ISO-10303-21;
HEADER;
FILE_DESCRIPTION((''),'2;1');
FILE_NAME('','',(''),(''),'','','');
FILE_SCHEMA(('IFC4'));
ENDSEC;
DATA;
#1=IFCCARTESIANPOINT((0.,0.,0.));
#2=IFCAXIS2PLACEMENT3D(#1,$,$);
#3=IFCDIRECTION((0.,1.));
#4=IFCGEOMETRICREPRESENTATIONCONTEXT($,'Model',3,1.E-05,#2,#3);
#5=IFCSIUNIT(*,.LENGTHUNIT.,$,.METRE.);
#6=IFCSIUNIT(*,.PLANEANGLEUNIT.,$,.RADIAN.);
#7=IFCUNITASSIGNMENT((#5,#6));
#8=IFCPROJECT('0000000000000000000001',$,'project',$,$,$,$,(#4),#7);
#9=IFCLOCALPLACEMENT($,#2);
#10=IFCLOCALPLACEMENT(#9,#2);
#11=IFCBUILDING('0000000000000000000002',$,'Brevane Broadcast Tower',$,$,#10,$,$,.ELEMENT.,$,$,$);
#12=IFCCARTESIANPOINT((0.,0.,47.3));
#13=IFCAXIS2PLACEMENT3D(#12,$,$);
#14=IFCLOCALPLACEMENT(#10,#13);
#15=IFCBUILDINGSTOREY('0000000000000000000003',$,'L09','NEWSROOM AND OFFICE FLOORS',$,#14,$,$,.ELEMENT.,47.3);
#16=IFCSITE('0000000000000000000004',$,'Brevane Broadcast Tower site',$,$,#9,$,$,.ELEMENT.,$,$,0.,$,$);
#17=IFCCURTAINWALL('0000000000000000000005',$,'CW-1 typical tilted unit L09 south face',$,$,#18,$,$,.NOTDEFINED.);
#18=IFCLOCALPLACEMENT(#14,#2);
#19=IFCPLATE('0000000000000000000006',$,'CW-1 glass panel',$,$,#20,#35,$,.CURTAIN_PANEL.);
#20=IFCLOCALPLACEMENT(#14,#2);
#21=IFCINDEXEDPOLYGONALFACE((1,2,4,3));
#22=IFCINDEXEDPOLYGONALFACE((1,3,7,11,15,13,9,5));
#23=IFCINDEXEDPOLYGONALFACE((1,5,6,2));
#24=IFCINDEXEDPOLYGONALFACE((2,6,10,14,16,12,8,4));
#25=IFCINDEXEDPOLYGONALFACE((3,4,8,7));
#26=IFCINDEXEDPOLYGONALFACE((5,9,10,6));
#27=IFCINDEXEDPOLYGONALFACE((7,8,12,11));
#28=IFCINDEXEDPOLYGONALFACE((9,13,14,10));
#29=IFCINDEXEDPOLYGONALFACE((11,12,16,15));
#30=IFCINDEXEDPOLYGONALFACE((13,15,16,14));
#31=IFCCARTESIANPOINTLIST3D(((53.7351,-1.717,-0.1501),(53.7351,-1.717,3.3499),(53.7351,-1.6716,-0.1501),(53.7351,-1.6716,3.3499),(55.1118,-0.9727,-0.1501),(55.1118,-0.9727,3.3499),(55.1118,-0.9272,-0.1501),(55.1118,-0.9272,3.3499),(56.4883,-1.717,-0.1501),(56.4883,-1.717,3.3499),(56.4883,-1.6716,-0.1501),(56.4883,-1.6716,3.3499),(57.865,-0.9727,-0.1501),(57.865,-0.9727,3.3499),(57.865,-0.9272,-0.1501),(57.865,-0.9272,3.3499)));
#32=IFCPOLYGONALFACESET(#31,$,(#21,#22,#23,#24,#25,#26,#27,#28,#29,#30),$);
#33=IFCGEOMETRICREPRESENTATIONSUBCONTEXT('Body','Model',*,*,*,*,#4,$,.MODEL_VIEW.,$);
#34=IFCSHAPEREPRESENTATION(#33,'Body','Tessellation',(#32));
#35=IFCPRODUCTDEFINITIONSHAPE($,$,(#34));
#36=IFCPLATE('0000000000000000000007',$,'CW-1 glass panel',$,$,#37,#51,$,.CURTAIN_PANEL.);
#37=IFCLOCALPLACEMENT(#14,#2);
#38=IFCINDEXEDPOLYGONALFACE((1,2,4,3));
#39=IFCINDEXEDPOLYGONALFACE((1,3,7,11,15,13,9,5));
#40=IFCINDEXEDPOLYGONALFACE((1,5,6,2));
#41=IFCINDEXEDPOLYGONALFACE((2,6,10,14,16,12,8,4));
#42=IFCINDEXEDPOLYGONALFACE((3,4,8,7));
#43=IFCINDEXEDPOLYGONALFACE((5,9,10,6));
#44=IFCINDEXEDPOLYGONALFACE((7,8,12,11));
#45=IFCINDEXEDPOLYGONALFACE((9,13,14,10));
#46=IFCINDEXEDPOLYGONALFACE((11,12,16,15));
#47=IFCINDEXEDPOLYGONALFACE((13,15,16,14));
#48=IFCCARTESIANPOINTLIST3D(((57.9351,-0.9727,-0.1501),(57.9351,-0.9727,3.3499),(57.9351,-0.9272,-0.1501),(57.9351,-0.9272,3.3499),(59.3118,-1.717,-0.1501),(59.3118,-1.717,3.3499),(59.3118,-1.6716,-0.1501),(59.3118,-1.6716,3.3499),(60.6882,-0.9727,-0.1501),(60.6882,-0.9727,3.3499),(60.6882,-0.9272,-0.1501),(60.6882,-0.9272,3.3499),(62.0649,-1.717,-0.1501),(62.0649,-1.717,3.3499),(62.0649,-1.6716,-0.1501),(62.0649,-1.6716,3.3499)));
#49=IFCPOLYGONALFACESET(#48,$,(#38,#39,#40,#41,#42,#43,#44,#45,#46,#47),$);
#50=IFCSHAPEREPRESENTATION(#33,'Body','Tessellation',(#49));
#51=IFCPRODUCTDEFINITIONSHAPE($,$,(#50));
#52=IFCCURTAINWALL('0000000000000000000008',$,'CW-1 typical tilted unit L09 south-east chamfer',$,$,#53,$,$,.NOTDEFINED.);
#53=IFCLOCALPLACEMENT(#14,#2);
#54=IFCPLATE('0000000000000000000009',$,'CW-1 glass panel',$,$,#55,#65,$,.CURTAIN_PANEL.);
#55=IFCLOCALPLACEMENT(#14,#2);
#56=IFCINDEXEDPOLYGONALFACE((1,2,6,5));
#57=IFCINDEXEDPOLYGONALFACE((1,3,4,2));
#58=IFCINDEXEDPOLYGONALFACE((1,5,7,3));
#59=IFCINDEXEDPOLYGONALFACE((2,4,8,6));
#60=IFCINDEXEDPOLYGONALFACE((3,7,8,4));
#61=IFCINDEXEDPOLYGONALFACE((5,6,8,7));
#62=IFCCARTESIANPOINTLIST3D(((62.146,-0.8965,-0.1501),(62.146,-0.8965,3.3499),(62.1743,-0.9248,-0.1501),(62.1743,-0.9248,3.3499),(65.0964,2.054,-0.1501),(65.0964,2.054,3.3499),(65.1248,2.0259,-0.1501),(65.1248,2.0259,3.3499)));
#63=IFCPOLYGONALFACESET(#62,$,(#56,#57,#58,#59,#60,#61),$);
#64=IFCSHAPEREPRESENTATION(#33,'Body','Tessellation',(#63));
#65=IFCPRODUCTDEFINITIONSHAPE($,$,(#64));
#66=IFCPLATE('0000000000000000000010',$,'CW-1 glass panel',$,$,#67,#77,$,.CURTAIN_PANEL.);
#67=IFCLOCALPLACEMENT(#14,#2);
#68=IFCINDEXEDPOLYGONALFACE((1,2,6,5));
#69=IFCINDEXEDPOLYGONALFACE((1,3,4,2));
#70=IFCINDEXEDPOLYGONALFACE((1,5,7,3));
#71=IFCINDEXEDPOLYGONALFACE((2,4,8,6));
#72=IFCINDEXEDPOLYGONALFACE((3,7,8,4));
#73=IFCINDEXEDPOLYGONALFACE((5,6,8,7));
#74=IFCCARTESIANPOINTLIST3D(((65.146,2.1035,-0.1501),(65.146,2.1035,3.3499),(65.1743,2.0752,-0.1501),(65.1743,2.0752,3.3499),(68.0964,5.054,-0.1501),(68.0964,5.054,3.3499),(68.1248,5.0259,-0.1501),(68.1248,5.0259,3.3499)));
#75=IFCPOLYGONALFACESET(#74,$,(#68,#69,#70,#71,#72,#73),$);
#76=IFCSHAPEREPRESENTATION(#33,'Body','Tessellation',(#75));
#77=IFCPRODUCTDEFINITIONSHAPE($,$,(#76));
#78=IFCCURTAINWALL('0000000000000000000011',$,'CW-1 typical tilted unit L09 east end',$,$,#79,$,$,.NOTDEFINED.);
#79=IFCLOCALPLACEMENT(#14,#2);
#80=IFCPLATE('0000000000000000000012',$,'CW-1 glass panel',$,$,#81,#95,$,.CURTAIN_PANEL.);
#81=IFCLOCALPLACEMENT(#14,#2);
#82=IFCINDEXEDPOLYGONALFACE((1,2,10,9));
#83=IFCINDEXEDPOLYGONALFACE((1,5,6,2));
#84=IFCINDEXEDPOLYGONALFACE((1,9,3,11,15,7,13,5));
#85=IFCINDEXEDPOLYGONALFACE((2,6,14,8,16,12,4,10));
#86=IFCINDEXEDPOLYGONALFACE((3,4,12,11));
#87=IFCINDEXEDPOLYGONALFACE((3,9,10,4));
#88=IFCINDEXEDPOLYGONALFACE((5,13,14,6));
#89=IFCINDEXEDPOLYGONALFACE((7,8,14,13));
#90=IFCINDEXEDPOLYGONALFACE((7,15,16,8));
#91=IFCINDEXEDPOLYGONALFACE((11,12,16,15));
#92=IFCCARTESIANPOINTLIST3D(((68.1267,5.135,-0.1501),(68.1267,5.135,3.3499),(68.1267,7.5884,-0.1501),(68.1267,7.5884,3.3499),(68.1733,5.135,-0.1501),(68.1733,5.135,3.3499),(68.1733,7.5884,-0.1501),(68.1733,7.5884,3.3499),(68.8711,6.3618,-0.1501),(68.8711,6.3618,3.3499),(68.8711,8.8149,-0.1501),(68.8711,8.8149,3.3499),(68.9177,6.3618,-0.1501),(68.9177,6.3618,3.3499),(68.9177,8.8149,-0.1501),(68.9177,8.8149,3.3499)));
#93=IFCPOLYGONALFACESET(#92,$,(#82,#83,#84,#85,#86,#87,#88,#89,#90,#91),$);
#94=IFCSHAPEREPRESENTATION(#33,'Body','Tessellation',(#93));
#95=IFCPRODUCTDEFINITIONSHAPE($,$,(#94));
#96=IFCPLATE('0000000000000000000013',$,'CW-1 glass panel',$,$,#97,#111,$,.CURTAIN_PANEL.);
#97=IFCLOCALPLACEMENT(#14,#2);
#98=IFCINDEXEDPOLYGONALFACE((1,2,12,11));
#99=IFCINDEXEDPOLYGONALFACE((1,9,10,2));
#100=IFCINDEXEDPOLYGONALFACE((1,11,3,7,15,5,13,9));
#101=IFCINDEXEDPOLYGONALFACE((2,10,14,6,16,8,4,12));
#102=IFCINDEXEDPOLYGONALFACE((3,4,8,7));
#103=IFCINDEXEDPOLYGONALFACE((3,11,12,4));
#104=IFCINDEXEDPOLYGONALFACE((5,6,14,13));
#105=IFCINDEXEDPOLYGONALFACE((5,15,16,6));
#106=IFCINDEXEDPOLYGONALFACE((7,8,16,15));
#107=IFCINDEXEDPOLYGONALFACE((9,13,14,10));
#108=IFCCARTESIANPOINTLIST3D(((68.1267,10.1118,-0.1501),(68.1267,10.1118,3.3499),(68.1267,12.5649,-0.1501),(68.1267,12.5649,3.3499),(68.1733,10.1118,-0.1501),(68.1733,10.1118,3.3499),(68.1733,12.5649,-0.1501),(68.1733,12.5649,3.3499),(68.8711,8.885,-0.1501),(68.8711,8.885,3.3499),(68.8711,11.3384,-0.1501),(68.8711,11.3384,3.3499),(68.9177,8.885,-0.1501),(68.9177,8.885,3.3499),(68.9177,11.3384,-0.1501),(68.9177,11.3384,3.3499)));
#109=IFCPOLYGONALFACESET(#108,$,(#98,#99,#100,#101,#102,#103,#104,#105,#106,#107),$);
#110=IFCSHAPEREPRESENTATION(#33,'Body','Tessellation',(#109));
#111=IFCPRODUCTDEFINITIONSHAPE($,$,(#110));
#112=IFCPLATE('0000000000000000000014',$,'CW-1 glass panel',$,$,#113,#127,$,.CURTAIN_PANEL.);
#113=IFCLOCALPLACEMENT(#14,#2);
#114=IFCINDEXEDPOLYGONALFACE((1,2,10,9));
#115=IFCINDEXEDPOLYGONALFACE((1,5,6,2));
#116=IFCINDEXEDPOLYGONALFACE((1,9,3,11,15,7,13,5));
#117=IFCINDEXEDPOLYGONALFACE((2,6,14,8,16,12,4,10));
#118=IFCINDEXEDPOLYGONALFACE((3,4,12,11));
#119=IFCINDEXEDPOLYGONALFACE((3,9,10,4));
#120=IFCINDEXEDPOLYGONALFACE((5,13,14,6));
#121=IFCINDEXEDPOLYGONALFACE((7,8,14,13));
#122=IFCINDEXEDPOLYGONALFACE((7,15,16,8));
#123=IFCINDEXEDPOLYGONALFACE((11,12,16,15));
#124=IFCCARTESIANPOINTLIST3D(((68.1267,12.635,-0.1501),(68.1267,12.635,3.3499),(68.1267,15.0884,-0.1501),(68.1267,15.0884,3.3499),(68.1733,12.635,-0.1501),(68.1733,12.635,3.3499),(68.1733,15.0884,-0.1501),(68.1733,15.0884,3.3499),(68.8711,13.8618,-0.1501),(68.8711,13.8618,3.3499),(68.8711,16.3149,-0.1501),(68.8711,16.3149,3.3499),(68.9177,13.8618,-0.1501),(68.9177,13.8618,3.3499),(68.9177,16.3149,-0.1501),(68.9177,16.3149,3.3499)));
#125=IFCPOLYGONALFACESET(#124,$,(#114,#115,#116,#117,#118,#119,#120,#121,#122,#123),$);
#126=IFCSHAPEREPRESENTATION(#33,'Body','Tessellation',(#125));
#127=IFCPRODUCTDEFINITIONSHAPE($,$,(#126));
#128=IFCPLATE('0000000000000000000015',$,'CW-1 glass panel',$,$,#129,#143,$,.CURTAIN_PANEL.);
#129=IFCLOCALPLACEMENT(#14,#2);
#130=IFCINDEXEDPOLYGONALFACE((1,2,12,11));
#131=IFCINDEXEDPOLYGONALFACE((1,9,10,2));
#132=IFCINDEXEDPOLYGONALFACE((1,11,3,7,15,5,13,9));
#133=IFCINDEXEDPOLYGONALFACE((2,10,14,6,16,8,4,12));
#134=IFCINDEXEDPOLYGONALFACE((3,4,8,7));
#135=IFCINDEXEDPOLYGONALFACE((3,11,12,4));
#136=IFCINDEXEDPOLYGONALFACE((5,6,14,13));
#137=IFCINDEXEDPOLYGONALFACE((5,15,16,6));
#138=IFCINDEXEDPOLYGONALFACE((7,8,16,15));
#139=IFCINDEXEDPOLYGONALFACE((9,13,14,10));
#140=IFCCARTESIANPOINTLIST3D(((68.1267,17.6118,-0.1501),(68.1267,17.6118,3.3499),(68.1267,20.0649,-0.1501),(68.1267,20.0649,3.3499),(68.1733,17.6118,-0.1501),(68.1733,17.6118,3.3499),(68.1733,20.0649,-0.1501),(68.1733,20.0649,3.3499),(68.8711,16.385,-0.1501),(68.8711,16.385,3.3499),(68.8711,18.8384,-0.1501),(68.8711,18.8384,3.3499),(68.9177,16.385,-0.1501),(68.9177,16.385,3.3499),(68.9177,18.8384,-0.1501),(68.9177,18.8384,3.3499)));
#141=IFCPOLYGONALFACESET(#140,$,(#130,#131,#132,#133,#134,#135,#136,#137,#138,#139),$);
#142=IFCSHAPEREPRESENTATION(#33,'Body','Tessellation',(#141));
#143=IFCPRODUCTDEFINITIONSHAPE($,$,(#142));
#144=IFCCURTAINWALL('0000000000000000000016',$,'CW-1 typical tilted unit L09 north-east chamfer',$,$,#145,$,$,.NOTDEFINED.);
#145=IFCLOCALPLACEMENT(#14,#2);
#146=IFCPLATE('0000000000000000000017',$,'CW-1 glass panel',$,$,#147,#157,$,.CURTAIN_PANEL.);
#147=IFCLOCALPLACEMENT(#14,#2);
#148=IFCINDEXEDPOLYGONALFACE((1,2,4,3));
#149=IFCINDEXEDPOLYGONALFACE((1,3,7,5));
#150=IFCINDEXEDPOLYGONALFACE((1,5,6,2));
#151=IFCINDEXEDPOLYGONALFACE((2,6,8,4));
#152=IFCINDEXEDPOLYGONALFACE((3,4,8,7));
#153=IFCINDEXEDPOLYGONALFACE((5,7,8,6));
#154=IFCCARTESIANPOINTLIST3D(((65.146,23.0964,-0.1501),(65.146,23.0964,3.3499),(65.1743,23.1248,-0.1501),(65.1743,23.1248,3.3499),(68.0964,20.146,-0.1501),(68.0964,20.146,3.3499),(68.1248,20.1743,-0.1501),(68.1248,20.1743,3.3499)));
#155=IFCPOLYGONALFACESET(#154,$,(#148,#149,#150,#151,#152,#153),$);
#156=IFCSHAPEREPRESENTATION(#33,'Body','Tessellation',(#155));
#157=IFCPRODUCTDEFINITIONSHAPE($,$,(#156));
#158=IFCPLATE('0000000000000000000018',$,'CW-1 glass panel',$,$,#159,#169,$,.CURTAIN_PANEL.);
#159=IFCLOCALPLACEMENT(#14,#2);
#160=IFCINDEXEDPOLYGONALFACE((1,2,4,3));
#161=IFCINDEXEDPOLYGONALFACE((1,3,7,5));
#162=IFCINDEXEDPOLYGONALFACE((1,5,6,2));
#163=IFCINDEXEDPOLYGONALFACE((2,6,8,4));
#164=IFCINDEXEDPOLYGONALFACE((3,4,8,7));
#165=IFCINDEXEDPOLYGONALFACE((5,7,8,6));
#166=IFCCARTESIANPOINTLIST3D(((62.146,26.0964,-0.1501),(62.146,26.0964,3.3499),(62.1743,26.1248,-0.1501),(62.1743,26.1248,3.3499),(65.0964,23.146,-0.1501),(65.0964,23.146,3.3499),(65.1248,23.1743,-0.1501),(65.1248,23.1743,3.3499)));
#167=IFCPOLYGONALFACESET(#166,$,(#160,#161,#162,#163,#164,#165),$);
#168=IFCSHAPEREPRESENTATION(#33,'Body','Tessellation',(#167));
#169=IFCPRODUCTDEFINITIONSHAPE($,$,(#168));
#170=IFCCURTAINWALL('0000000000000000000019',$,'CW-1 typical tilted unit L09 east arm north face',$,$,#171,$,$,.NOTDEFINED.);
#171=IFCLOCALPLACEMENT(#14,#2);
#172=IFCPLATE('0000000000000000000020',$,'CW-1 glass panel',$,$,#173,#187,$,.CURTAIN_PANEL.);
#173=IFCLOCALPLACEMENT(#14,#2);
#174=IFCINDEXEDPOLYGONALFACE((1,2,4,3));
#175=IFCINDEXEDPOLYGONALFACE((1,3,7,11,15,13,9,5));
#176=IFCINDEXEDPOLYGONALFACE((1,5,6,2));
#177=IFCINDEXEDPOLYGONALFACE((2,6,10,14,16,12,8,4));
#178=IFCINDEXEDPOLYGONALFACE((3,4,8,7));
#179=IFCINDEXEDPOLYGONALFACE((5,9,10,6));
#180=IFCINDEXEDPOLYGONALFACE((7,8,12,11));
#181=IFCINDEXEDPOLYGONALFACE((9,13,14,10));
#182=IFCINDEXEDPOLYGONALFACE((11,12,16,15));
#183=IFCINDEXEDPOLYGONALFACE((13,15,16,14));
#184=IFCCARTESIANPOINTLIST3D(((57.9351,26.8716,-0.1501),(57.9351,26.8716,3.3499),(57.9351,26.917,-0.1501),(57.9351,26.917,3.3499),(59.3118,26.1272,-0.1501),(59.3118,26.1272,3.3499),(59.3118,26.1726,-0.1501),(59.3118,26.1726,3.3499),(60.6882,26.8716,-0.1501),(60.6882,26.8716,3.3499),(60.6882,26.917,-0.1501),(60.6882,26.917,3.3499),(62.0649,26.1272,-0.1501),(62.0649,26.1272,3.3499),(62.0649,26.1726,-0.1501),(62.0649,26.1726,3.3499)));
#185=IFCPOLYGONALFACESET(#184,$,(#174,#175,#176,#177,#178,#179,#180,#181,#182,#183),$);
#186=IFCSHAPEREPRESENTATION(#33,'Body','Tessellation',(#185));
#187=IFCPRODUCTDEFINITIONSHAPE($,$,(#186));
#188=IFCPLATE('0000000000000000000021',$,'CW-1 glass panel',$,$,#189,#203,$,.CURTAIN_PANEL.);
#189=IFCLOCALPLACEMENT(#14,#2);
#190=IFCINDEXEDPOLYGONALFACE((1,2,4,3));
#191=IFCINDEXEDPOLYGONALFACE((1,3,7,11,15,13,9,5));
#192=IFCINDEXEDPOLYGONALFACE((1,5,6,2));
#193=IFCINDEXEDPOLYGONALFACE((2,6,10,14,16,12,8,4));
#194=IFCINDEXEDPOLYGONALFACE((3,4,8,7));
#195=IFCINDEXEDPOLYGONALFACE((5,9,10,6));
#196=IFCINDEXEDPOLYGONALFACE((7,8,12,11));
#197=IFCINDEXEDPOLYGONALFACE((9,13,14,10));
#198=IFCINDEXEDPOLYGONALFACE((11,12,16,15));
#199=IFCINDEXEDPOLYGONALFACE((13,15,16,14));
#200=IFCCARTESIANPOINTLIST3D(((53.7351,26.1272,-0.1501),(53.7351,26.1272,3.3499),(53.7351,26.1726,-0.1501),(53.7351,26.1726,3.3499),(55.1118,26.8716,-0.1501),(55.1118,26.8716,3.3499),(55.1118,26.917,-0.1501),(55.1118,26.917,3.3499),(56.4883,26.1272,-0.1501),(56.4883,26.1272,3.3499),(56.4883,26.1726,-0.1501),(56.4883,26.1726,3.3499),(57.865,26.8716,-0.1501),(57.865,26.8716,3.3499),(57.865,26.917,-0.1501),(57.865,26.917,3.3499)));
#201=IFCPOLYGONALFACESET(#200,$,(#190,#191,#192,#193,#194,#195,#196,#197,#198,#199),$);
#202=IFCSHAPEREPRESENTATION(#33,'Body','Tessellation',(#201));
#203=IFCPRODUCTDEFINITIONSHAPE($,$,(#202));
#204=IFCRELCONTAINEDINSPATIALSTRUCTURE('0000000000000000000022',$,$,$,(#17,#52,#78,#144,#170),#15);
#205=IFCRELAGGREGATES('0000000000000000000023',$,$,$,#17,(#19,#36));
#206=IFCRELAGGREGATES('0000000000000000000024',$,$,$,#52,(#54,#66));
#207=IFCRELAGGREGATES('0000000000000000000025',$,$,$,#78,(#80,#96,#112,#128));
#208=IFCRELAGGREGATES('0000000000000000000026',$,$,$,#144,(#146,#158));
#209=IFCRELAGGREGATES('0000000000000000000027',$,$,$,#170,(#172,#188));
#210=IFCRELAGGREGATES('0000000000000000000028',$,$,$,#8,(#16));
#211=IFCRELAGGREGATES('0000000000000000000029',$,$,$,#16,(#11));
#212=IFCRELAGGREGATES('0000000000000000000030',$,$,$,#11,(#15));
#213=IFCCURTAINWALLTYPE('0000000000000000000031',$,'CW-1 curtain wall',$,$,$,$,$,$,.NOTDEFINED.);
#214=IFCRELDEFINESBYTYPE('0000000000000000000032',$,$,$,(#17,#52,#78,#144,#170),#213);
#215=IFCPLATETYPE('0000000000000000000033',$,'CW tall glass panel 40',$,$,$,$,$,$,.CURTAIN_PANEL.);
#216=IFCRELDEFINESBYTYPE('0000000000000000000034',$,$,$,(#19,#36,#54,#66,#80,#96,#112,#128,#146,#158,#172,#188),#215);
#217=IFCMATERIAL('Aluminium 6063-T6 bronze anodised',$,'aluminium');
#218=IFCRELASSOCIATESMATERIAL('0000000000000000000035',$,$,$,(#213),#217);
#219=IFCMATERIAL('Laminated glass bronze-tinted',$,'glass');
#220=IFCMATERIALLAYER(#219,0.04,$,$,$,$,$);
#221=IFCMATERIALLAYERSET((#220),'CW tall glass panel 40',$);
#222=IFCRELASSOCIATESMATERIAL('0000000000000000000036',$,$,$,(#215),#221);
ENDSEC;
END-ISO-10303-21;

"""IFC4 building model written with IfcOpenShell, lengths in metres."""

from ifc_helpers import new_model, si_unit, direction, frame, origin, place, context, subcontext, project, spatial, polyline, outline, extrude, material, layer, layer_set, type_object, element, aggregate, save


model = new_model("IFC4")

# Units and contexts
model_context = context("Model", 3, precision=1e-05, world=origin(), true_north=direction((0.0, 1.0)))
body_context = subcontext(model_context, "Body", "Model", "MODEL_VIEW")
ifc_project = project(units=[si_unit("LENGTHUNIT", "METRE"), si_unit("PLANEANGLEUNIT", "RADIAN")], contexts=[model_context])

# Site, building, storey
site_placement = place(None, origin())
site = spatial("IfcSite", under=ifc_project, at=site_placement, Name="Brevane Broadcast Tower site", CompositionType="ELEMENT", RefElevation=0.0)
building_placement = place(site_placement, origin())
building = spatial("IfcBuilding", under=site, at=building_placement, Name="Brevane Broadcast Tower", CompositionType="ELEMENT")
storey_placement = place(building_placement, frame((0.0, 0.0, 47.3)))
storey = spatial("IfcBuildingStorey", under=building, at=storey_placement, Name="L09", Description="NEWSROOM AND OFFICE FLOORS", CompositionType="ELEMENT", Elevation=47.3)

# Curtain walls, plates
ifc_material_1 = material(Name="Aluminium 6063-T6 bronze anodised", Category="aluminium")
curtain_wall_type = type_object("IfcCurtainWallType", Name="CW-1 curtain wall", PredefinedType="NOTDEFINED", material=ifc_material_1)
curtain_wall_1_placement = place(storey_placement, origin())
curtain_wall_1 = element("IfcCurtainWall", 1, at=curtain_wall_1_placement, inside=storey, type_object=curtain_wall_type, Name="CW-1 typical tilted unit L09 south face", PredefinedType="NOTDEFINED")
ifc_material_2 = material(Name="Laminated glass bronze-tinted", Category="glass")
ifc_layer = layer(ifc_material_2, 0.04)
ifc_layer_set = layer_set([ifc_layer], Name="CW tall glass panel 40")
plate_type = type_object("IfcPlateType", Name="CW tall glass panel 40", PredefinedType="CURTAIN_PANEL", material=ifc_layer_set)
plate_1_placement = place(storey_placement, frame((0.0, 0.0, -0.1501)))
plate_1 = element("IfcPlate", 2, at=plate_1_placement, type_object=plate_type, Name="CW-1 glass panel", PredefinedType="CURTAIN_PANEL", context=body_context, shape_type="SweptSolid", body=[
    extrude(outline(polyline([(53.7351, -1.6716), (53.7351, -1.717), (55.1118, -0.9727), (56.4883, -1.717), (57.865, -0.9727), (57.865, -0.9272), (56.4883, -1.6716), (55.1118, -0.9272), (53.7351, -1.6716)])), origin(), (0.0, 0.0, 1.0), 3.5),
])
plate_2_placement = place(storey_placement, frame((0.0, 0.0, -0.1501)))
plate_2 = element("IfcPlate", 3, at=plate_2_placement, type_object=plate_type, Name="CW-1 glass panel", PredefinedType="CURTAIN_PANEL", context=body_context, shape_type="SweptSolid", body=[
    extrude(outline(polyline([(57.9351, -0.9272), (57.9351, -0.9727), (59.3118, -1.717), (60.6882, -0.9727), (62.0649, -1.717), (62.0649, -1.6716), (60.6882, -0.9272), (59.3118, -1.6716), (57.9351, -0.9272)])), origin(), (0.0, 0.0, 1.0), 3.5),
])
aggregate(curtain_wall_1, [plate_1, plate_2])
curtain_wall_2_placement = place(storey_placement, origin())
curtain_wall_2 = element("IfcCurtainWall", 4, at=curtain_wall_2_placement, inside=storey, type_object=curtain_wall_type, Name="CW-1 typical tilted unit L09 south-east chamfer", PredefinedType="NOTDEFINED")
plate_3_placement = place(storey_placement, frame((0.0, 0.0, -0.1501)))
plate_3 = element("IfcPlate", 5, at=plate_3_placement, type_object=plate_type, Name="CW-1 glass panel", PredefinedType="CURTAIN_PANEL", context=body_context, shape_type="SweptSolid", body=[
    extrude(outline(polyline([(62.146, -0.8965), (65.0964, 2.054), (65.1248, 2.0259), (62.1743, -0.9248), (62.146, -0.8965)])), origin(), (0.0, 0.0, 1.0), 3.5),
])
plate_4_placement = place(storey_placement, frame((0.0, 0.0, -0.1501)))
plate_4 = element("IfcPlate", 6, at=plate_4_placement, type_object=plate_type, Name="CW-1 glass panel", PredefinedType="CURTAIN_PANEL", context=body_context, shape_type="SweptSolid", body=[
    extrude(outline(polyline([(65.146, 2.1035), (68.0964, 5.054), (68.1248, 5.0259), (65.1743, 2.0752), (65.146, 2.1035)])), origin(), (0.0, 0.0, 1.0), 3.5),
])
aggregate(curtain_wall_2, [plate_3, plate_4])
curtain_wall_3_placement = place(storey_placement, origin())
curtain_wall_3 = element("IfcCurtainWall", 7, at=curtain_wall_3_placement, inside=storey, type_object=curtain_wall_type, Name="CW-1 typical tilted unit L09 east end", PredefinedType="NOTDEFINED")
plate_5_placement = place(storey_placement, frame((0.0, 0.0, -0.1501)))
plate_5 = element("IfcPlate", 8, at=plate_5_placement, type_object=plate_type, Name="CW-1 glass panel", PredefinedType="CURTAIN_PANEL", context=body_context, shape_type="SweptSolid", body=[
    extrude(outline(polyline([(68.1267, 5.135), (68.1733, 5.135), (68.9177, 6.3618), (68.1733, 7.5884), (68.9177, 8.8149), (68.8711, 8.8149), (68.1267, 7.5884), (68.8711, 6.3618), (68.1267, 5.135)])), origin(), (0.0, 0.0, 1.0), 3.5),
])
plate_6_placement = place(storey_placement, frame((0.0, 0.0, -0.1501)))
plate_6 = element("IfcPlate", 9, at=plate_6_placement, type_object=plate_type, Name="CW-1 glass panel", PredefinedType="CURTAIN_PANEL", context=body_context, shape_type="SweptSolid", body=[
    extrude(outline(polyline([(68.8711, 8.885), (68.9177, 8.885), (68.1733, 10.1118), (68.9177, 11.3384), (68.1733, 12.5649), (68.1267, 12.5649), (68.8711, 11.3384), (68.1267, 10.1118), (68.8711, 8.885)])), origin(), (0.0, 0.0, 1.0), 3.5),
])
plate_7_placement = place(storey_placement, frame((0.0, 0.0, -0.1501)))
plate_7 = element("IfcPlate", 10, at=plate_7_placement, type_object=plate_type, Name="CW-1 glass panel", PredefinedType="CURTAIN_PANEL", context=body_context, shape_type="SweptSolid", body=[
    extrude(outline(polyline([(68.1267, 12.635), (68.1733, 12.635), (68.9177, 13.8618), (68.1733, 15.0884), (68.9177, 16.3149), (68.8711, 16.3149), (68.1267, 15.0884), (68.8711, 13.8618), (68.1267, 12.635)])), origin(), (0.0, 0.0, 1.0), 3.5),
])
plate_8_placement = place(storey_placement, frame((0.0, 0.0, -0.1501)))
plate_8 = element("IfcPlate", 11, at=plate_8_placement, type_object=plate_type, Name="CW-1 glass panel", PredefinedType="CURTAIN_PANEL", context=body_context, shape_type="SweptSolid", body=[
    extrude(outline(polyline([(68.8711, 16.385), (68.9177, 16.385), (68.1733, 17.6118), (68.9177, 18.8384), (68.1733, 20.0649), (68.1267, 20.0649), (68.8711, 18.8384), (68.1267, 17.6118), (68.8711, 16.385)])), origin(), (0.0, 0.0, 1.0), 3.5),
])
aggregate(curtain_wall_3, [plate_5, plate_6, plate_7, plate_8])
curtain_wall_4_placement = place(storey_placement, origin())
curtain_wall_4 = element("IfcCurtainWall", 12, at=curtain_wall_4_placement, inside=storey, type_object=curtain_wall_type, Name="CW-1 typical tilted unit L09 north-east chamfer", PredefinedType="NOTDEFINED")
plate_9_placement = place(storey_placement, frame((0.0, 0.0, -0.1501)))
plate_9 = element("IfcPlate", 13, at=plate_9_placement, type_object=plate_type, Name="CW-1 glass panel", PredefinedType="CURTAIN_PANEL", context=body_context, shape_type="SweptSolid", body=[
    extrude(outline(polyline([(68.0964, 20.146), (65.146, 23.0964), (65.1743, 23.1248), (68.1248, 20.1743), (68.0964, 20.146)])), origin(), (0.0, 0.0, 1.0), 3.5),
])
plate_10_placement = place(storey_placement, frame((0.0, 0.0, -0.1501)))
plate_10 = element("IfcPlate", 14, at=plate_10_placement, type_object=plate_type, Name="CW-1 glass panel", PredefinedType="CURTAIN_PANEL", context=body_context, shape_type="SweptSolid", body=[
    extrude(outline(polyline([(65.0964, 23.146), (62.146, 26.0964), (62.1743, 26.1248), (65.1248, 23.1743), (65.0964, 23.146)])), origin(), (0.0, 0.0, 1.0), 3.5),
])
aggregate(curtain_wall_4, [plate_9, plate_10])
curtain_wall_5_placement = place(storey_placement, origin())
curtain_wall_5 = element("IfcCurtainWall", 15, at=curtain_wall_5_placement, inside=storey, type_object=curtain_wall_type, Name="CW-1 typical tilted unit L09 east arm north face", PredefinedType="NOTDEFINED")
plate_11_placement = place(storey_placement, frame((0.0, 0.0, -0.1501)))
plate_11 = element("IfcPlate", 16, at=plate_11_placement, type_object=plate_type, Name="CW-1 glass panel", PredefinedType="CURTAIN_PANEL", context=body_context, shape_type="SweptSolid", body=[
    extrude(outline(polyline([(62.0649, 26.1272), (62.0649, 26.1726), (60.6882, 26.917), (59.3118, 26.1726), (57.9351, 26.917), (57.9351, 26.8716), (59.3118, 26.1272), (60.6882, 26.8716), (62.0649, 26.1272)])), origin(), (0.0, 0.0, 1.0), 3.5),
])
plate_12_placement = place(storey_placement, frame((0.0, 0.0, -0.1501)))
plate_12 = element("IfcPlate", 17, at=plate_12_placement, type_object=plate_type, Name="CW-1 glass panel", PredefinedType="CURTAIN_PANEL", context=body_context, shape_type="SweptSolid", body=[
    extrude(outline(polyline([(57.865, 26.8716), (57.865, 26.917), (56.4883, 26.1726), (55.1118, 26.917), (53.7351, 26.1726), (53.7351, 26.1272), (55.1118, 26.8716), (56.4883, 26.1272), (57.865, 26.8716)])), origin(), (0.0, 0.0, 1.0), 3.5),
])
aggregate(curtain_wall_5, [plate_11, plate_12])

save(model, "model.ifc")
